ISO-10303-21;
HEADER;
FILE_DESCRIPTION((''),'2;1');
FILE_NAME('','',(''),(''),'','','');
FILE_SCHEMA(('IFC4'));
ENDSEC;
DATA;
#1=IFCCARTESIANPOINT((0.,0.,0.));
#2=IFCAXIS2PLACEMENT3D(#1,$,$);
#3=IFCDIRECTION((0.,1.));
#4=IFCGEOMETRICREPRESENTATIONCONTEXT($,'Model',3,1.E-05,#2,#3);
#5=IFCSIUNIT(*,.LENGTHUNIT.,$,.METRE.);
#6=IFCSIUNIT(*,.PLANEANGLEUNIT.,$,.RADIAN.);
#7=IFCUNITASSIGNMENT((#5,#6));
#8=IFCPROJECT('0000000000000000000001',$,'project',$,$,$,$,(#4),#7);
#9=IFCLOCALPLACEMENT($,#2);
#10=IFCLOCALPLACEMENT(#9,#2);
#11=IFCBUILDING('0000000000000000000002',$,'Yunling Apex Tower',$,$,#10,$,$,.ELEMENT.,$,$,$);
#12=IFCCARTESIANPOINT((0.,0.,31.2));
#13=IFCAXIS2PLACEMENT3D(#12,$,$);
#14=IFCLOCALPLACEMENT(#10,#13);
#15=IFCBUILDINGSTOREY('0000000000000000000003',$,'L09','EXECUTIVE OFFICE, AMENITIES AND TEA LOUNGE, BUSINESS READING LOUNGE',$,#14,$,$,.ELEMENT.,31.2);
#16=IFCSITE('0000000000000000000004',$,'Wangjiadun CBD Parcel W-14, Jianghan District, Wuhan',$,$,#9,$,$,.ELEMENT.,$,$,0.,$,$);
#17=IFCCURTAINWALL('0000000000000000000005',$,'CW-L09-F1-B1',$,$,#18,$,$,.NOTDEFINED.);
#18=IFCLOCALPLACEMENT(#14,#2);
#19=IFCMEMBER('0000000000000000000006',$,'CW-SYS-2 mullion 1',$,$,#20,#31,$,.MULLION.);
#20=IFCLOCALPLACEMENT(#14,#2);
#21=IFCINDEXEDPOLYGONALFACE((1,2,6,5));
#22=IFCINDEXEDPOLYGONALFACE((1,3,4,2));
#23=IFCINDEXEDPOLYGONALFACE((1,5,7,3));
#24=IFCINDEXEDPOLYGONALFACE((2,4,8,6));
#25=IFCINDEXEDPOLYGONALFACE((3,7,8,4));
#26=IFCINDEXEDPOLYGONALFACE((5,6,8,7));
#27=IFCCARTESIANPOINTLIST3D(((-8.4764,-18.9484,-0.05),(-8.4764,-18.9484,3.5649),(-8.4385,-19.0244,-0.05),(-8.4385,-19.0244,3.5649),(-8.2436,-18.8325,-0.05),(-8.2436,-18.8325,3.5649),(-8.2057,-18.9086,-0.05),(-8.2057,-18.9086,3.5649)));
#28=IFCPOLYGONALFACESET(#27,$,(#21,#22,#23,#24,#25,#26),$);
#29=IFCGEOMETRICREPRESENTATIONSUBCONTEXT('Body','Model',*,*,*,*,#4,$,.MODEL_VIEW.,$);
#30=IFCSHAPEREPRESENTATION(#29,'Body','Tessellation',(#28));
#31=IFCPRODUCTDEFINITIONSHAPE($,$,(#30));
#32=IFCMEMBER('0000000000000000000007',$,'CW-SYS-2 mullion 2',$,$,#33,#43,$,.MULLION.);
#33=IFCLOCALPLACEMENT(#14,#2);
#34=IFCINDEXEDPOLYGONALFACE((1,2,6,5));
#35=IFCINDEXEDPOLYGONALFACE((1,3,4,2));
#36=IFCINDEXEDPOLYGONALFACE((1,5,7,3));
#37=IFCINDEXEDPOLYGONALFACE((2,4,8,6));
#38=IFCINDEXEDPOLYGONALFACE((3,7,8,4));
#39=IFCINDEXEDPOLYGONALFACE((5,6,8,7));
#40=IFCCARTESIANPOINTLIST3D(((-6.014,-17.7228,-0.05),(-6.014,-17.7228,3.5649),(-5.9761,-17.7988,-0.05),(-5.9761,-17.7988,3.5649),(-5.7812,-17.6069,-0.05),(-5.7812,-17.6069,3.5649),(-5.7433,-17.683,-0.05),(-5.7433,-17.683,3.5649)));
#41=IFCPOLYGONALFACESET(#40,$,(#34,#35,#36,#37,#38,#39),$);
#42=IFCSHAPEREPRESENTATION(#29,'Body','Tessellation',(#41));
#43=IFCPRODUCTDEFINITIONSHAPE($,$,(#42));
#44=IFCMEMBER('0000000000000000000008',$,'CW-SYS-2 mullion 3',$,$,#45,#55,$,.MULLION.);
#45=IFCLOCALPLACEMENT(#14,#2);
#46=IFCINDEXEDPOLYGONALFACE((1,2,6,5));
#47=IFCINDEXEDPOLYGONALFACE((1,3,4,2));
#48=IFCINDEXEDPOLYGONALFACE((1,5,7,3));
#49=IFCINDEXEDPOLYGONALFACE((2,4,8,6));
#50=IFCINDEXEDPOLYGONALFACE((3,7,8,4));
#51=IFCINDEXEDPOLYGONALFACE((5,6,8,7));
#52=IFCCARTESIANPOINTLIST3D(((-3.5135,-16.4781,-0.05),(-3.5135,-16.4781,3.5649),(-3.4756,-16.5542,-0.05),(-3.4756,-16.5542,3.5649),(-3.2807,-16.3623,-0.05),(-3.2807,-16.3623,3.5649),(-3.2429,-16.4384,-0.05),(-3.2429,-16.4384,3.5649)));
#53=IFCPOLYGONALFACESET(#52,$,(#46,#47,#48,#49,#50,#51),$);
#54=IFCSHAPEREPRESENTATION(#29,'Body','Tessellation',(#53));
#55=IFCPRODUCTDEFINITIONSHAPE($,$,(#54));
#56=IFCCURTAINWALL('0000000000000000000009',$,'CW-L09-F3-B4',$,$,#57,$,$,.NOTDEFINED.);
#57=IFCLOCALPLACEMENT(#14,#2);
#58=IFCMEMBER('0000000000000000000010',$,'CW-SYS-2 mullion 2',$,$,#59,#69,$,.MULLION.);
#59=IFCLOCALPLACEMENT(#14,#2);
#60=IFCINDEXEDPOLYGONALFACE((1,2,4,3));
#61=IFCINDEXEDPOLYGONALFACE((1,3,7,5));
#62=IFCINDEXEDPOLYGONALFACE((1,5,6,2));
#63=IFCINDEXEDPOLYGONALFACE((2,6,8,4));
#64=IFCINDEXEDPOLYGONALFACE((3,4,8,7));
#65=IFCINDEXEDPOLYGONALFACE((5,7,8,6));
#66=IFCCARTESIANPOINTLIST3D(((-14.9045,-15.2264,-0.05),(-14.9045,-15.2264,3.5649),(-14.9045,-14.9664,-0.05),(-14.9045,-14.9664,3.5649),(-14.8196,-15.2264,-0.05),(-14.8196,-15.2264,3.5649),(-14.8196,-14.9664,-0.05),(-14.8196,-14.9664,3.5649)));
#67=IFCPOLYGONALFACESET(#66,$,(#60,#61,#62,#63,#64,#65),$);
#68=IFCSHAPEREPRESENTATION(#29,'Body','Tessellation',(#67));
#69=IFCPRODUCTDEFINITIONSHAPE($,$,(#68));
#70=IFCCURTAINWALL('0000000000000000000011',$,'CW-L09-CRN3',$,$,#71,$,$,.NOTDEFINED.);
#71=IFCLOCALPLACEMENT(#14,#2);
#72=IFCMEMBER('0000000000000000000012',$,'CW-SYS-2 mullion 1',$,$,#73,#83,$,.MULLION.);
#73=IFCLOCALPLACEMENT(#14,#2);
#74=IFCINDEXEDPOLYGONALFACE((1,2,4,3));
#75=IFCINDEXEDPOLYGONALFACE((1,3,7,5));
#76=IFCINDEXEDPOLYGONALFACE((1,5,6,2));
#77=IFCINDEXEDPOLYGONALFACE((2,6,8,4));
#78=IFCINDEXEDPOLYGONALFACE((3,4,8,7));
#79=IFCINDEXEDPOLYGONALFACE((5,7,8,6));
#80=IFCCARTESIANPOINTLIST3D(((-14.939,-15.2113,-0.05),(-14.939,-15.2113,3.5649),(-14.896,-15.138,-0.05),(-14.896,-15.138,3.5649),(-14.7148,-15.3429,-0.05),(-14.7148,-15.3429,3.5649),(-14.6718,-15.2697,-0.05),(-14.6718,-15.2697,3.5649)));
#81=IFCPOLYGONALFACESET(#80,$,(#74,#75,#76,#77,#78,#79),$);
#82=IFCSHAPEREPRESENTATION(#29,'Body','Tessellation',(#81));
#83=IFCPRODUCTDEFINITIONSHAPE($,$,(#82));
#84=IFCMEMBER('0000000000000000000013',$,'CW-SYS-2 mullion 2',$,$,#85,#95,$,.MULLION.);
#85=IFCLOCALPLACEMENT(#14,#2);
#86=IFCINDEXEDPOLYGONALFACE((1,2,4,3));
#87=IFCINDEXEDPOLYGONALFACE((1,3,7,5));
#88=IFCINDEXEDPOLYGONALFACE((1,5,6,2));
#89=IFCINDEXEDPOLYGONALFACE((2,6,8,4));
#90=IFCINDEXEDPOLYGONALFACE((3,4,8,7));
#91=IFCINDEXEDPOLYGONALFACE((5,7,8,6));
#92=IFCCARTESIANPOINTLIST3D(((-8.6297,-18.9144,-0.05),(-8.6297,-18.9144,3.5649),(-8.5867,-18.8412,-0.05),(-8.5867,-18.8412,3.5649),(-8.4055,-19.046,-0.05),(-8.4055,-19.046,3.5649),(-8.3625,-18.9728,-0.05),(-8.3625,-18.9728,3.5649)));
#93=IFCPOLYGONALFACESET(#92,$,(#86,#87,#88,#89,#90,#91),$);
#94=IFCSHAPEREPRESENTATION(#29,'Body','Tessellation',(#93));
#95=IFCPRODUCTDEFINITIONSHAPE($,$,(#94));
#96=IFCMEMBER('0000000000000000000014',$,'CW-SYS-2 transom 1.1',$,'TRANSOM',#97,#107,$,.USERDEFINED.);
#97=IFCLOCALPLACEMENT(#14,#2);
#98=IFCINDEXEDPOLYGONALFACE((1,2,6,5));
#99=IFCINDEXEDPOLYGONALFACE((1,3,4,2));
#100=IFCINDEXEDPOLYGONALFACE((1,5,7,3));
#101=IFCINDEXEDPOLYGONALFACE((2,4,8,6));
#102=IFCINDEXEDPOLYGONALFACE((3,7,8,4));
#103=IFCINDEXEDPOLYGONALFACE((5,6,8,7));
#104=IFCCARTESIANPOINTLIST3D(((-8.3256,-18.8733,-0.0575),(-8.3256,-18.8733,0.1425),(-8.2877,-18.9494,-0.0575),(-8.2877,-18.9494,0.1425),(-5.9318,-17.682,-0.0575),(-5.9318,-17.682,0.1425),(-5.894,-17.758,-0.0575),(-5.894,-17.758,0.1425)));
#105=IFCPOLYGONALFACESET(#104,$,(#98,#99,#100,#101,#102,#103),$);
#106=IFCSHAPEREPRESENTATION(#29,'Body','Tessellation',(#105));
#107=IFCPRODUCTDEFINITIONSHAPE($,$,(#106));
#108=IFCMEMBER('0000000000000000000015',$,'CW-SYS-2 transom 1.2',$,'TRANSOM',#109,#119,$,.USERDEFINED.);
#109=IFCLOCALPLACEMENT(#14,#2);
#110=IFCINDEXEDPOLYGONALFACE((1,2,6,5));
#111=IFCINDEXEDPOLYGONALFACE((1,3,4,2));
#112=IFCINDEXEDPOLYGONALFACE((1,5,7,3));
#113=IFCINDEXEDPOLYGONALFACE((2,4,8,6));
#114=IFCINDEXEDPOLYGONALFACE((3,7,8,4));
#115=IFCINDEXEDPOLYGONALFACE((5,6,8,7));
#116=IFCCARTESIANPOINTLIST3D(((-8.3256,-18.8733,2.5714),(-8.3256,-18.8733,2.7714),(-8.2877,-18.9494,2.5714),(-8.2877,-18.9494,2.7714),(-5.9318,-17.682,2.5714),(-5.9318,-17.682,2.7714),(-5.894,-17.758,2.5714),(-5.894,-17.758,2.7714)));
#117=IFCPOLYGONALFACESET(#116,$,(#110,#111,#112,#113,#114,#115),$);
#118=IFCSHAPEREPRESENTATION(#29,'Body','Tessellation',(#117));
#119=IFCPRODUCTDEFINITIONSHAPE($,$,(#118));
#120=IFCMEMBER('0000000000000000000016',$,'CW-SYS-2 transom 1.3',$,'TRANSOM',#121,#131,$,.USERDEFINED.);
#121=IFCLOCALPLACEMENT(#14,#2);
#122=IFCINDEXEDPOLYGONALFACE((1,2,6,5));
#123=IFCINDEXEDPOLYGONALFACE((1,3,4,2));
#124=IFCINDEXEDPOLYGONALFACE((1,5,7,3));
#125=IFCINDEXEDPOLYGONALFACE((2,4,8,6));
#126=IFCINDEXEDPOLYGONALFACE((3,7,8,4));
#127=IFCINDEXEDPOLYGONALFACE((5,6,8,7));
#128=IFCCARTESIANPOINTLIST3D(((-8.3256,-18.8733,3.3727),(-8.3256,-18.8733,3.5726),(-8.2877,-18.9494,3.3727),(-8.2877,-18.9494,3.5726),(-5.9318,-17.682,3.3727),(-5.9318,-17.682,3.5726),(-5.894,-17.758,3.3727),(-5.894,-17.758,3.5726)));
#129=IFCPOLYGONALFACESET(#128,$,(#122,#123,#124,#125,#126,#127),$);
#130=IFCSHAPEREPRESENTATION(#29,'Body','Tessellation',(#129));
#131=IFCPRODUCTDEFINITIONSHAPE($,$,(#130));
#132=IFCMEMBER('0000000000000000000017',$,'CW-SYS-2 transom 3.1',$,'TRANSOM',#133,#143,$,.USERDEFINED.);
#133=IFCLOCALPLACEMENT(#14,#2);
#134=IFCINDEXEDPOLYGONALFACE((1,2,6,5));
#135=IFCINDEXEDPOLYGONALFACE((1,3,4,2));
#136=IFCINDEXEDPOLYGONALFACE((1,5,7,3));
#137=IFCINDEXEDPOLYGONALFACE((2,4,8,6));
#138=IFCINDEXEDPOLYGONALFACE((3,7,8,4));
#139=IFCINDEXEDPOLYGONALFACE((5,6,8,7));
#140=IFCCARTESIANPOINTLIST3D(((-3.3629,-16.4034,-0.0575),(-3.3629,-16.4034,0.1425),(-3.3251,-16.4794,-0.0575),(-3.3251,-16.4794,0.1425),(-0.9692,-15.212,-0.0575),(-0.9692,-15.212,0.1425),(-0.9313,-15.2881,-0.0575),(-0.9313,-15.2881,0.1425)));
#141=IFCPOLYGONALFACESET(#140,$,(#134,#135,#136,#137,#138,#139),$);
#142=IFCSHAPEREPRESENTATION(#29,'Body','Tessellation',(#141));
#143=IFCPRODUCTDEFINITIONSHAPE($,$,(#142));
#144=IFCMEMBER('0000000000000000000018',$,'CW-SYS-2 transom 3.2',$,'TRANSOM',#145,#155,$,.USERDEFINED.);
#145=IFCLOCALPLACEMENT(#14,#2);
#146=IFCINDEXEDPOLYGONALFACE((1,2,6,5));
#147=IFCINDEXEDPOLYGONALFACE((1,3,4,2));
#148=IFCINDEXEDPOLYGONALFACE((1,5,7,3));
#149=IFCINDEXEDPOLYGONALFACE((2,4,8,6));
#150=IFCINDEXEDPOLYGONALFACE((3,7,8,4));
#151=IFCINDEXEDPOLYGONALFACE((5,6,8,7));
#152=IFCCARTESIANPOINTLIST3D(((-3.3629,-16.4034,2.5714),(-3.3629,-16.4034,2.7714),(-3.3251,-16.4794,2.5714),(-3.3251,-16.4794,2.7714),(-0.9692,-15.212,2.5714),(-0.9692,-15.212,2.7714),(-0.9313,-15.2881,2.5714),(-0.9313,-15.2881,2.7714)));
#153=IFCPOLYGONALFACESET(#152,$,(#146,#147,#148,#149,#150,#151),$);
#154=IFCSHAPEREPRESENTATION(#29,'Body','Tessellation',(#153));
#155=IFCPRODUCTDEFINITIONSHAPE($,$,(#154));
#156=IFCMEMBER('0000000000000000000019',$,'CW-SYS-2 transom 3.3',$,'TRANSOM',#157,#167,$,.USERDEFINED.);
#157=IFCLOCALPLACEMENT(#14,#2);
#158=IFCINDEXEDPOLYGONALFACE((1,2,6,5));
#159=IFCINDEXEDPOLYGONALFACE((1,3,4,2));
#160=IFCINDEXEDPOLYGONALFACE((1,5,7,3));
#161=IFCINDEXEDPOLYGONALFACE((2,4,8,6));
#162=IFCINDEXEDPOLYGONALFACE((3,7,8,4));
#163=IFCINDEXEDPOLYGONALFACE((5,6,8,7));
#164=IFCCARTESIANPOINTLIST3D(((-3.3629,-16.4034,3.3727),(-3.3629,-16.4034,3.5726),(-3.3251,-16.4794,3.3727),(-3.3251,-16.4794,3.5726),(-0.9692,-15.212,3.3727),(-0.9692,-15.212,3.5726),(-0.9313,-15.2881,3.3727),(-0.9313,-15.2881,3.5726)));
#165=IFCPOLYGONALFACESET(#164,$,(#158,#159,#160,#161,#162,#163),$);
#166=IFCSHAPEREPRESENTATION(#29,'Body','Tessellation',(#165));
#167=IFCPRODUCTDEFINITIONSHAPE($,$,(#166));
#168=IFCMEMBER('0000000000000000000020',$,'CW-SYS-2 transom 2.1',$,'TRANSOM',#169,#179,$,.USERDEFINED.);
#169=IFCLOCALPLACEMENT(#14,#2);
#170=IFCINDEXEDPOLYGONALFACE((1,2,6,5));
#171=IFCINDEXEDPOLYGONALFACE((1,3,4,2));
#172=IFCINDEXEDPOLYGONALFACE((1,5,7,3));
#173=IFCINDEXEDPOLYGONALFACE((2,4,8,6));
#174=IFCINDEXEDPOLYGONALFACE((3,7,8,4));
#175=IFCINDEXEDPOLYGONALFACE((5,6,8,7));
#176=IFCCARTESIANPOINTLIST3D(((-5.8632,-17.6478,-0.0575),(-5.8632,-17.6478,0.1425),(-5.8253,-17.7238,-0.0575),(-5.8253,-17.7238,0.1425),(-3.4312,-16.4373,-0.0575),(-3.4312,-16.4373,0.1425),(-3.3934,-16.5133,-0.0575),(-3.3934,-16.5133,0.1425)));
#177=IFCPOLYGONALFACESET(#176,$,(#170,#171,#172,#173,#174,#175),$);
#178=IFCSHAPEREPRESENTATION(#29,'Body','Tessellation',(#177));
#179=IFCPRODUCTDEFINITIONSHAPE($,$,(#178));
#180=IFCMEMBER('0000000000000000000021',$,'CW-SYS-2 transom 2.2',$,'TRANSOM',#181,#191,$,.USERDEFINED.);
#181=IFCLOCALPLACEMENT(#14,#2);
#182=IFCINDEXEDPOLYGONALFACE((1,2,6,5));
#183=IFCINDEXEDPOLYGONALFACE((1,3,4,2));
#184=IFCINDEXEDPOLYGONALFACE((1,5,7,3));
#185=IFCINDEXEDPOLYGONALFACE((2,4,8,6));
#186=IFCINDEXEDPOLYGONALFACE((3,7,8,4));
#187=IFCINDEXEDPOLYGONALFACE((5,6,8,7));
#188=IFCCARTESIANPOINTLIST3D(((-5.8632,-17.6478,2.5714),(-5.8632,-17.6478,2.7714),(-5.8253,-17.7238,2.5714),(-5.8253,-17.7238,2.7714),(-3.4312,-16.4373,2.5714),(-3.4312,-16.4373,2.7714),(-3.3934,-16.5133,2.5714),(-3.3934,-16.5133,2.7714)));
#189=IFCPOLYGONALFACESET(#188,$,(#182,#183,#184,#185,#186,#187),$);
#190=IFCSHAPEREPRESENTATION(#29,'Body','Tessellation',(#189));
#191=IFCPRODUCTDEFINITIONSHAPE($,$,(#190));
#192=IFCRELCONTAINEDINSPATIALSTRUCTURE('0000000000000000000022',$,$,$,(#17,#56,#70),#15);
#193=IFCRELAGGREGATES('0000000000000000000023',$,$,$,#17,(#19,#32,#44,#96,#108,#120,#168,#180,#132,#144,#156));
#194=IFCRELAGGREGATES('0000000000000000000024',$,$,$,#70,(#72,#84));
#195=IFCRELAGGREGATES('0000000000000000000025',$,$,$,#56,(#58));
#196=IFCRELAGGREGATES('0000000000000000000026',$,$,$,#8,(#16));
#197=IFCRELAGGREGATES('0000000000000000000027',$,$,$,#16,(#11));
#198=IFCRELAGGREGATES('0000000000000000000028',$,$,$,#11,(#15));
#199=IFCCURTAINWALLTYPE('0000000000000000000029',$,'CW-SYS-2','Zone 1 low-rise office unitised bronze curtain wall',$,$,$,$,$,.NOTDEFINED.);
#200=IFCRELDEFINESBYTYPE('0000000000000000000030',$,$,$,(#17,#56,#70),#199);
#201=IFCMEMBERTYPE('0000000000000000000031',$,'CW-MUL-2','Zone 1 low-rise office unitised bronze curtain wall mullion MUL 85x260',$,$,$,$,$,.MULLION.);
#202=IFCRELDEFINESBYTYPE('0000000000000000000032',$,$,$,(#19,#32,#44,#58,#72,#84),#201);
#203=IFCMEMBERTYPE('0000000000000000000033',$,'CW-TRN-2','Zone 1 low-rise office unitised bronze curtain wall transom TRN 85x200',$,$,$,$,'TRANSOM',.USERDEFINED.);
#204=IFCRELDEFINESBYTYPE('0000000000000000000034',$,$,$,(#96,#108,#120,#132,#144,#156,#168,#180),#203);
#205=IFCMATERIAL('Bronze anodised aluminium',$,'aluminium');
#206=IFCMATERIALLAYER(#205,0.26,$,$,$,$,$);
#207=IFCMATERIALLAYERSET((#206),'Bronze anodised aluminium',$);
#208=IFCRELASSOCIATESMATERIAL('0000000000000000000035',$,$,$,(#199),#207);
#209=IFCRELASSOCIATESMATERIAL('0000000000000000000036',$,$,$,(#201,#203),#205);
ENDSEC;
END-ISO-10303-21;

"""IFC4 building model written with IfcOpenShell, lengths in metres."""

from ifc_helpers import new_model, si_unit, direction, frame, origin, origin_2d, place, context, subcontext, project, spatial, rectangle, extrude, source, transform, mapped, material, layer, layer_set, material_profile, profile_set, type_object, element, aggregate, save


model = new_model("IFC4")

# Units and contexts
model_context = context("Model", 3, precision=1e-05, world=origin(), true_north=direction((0.0, 1.0)))
body_context = subcontext(model_context, "Body", "Model", "MODEL_VIEW")
ifc_project = project(units=[si_unit("LENGTHUNIT", "METRE"), si_unit("PLANEANGLEUNIT", "RADIAN")], contexts=[model_context])

# Site, building, storey
site_placement = place(None, origin())
site = spatial("IfcSite", under=ifc_project, at=site_placement, Name="Wangjiadun CBD Parcel W-14, Jianghan District, Wuhan", CompositionType="ELEMENT", RefElevation=0.0)
building_placement = place(site_placement, origin())
building = spatial("IfcBuilding", under=site, at=building_placement, Name="Yunling Apex Tower", CompositionType="ELEMENT")
storey_placement = place(building_placement, frame((0.0, 0.0, 31.2)))
storey = spatial("IfcBuildingStorey", under=building, at=storey_placement, Name="L09", Description="EXECUTIVE OFFICE, AMENITIES AND TEA LOUNGE, BUSINESS READING LOUNGE", CompositionType="ELEMENT", Elevation=31.2)

# Curtain wall, members
ifc_material_1 = material(Name="Bronze anodised aluminium", Category="aluminium")
ifc_layer_1 = layer(ifc_material_1, 0.26)
ifc_layer_set_1 = layer_set([ifc_layer_1], Name="Bronze anodised aluminium")
curtain_wall_type = type_object("IfcCurtainWallType", Name="CW-SYS-2", Description="Zone 1 low-rise office unitised bronze curtain wall", PredefinedType="NOTDEFINED", material=ifc_layer_set_1)
curtain_wall_1_placement = place(storey_placement, origin())
curtain_wall_1 = element("IfcCurtainWall", 1, at=curtain_wall_1_placement, inside=storey, type_object=curtain_wall_type, Name="CW-L09-F1-B1", PredefinedType="NOTDEFINED")
ifc_material_profile_1 = material_profile(ifc_material_1, rectangle(XDim=0.085, YDim=0.26, at=origin_2d()))
ifc_profile_set_1 = profile_set([ifc_material_profile_1], Name="Bronze anodised aluminium")
member_type_1 = type_object("IfcMemberType", Name="CW-MUL-2", Description="Zone 1 low-rise office unitised bronze curtain wall mullion MUL 85x260", PredefinedType="MULLION", material=ifc_profile_set_1)
shared_shape_1 = source(origin(), body_context, "Body", "SweptSolid", [
    extrude(rectangle(XDim=0.085, YDim=0.26, at=origin_2d()), origin(), (0.0, 0.0, 1.0), 3.615),
])
member_1_placement = place(storey_placement, frame((-8.3411, -18.9285, -0.05), z_axis=(0.0, 0.0, 1.0), x_axis=(-0.445571, 0.895247, 0.0)))
member_1 = element("IfcMember", 2, at=member_1_placement, type_object=member_type_1, Name="CW-SYS-2 mullion 1", PredefinedType="MULLION", context=body_context, shape_type="MappedRepresentation", body=[
    mapped(shared_shape_1, transform((0.0, 0.0, 0.0), scale=1.0)),
])
member_2_placement = place(storey_placement, frame((-5.8787, -17.7029, -0.05), z_axis=(0.0, 0.0, 1.0), x_axis=(-0.445571, 0.895247, 0.0)))
member_2 = element("IfcMember", 3, at=member_2_placement, type_object=member_type_1, Name="CW-SYS-2 mullion 2", PredefinedType="MULLION", context=body_context, shape_type="MappedRepresentation", body=[
    mapped(shared_shape_1, transform((0.0, 0.0, 0.0), scale=1.0)),
])
member_3_placement = place(storey_placement, frame((-3.3782, -16.4583, -0.05), z_axis=(0.0, 0.0, 1.0), x_axis=(-0.445571, 0.895247, 0.0)))
member_3 = element("IfcMember", 4, at=member_3_placement, type_object=member_type_1, Name="CW-SYS-2 mullion 3", PredefinedType="MULLION", context=body_context, shape_type="MappedRepresentation", body=[
    mapped(shared_shape_1, transform((0.0, 0.0, 0.0), scale=1.0)),
])

# Curtain wall, member
curtain_wall_2_placement = place(storey_placement, origin())
curtain_wall_2 = element("IfcCurtainWall", 5, at=curtain_wall_2_placement, inside=storey, type_object=curtain_wall_type, Name="CW-L09-F3-B4", PredefinedType="NOTDEFINED")
member_4_placement = place(storey_placement, frame((-14.8621, -15.0964, -0.05), z_axis=(0.0, 0.0, 1.0), x_axis=(1.0, 0.0, 0.0)))
member_4 = element("IfcMember", 6, at=member_4_placement, type_object=member_type_1, Name="CW-SYS-2 mullion 2", PredefinedType="MULLION", context=body_context, shape_type="MappedRepresentation", body=[
    mapped(shared_shape_1, transform((0.0, 0.0, 0.0), scale=1.0)),
])

# Curtain wall, members
curtain_wall_3_placement = place(storey_placement, origin())
curtain_wall_3 = element("IfcCurtainWall", 7, at=curtain_wall_3_placement, inside=storey, type_object=curtain_wall_type, Name="CW-L09-CRN3", PredefinedType="NOTDEFINED")
member_5_placement = place(storey_placement, frame((-14.8054, -15.2405, -0.05), z_axis=(0.0, 0.0, 1.0), x_axis=(0.506196, 0.862419, 0.0)))
member_5 = element("IfcMember", 8, at=member_5_placement, type_object=member_type_1, Name="CW-SYS-2 mullion 1", PredefinedType="MULLION", context=body_context, shape_type="MappedRepresentation", body=[
    mapped(shared_shape_1, transform((0.0, 0.0, 0.0), scale=1.0)),
])
member_6_placement = place(storey_placement, frame((-8.4961, -18.9436, -0.05), z_axis=(0.0, 0.0, 1.0), x_axis=(0.506196, 0.862419, 0.0)))
member_6 = element("IfcMember", 9, at=member_6_placement, type_object=member_type_1, Name="CW-SYS-2 mullion 2", PredefinedType="MULLION", context=body_context, shape_type="MappedRepresentation", body=[
    mapped(shared_shape_1, transform((0.0, 0.0, 0.0), scale=1.0)),
])

# Members
ifc_material_profile_2 = material_profile(ifc_material_1, rectangle(XDim=0.085, YDim=0.2, at=origin_2d()))
ifc_profile_set_2 = profile_set([ifc_material_profile_2], Name="Bronze anodised aluminium")
member_type_2 = type_object("IfcMemberType", Name="CW-TRN-2", Description="Zone 1 low-rise office unitised bronze curtain wall transom TRN 85x200", ElementType="TRANSOM", PredefinedType="USERDEFINED", material=ifc_profile_set_2)
shared_shape_2 = source(origin(), body_context, "Body", "SweptSolid", [
    extrude(rectangle(XDim=0.085, YDim=0.2, at=origin_2d()), origin(), (0.0, 0.0, 1.0), 2.6738),
])
member_7_placement = place(storey_placement, frame((-8.3066, -18.9114, 0.0425), z_axis=(0.895247, 0.445569, 0.0), x_axis=(-0.445569, 0.895247, 0.0)))
member_7 = element("IfcMember", 10, at=member_7_placement, type_object=member_type_2, Name="CW-SYS-2 transom 1.1", ObjectType="TRANSOM", PredefinedType="USERDEFINED", context=body_context, shape_type="MappedRepresentation", body=[
    mapped(shared_shape_2, transform((0.0, 0.0, 0.0), scale=1.0)),
])
member_8_placement = place(storey_placement, frame((-8.3066, -18.9114, 2.6714), z_axis=(0.895247, 0.445569, 0.0), x_axis=(-0.445569, 0.895247, 0.0)))
member_8 = element("IfcMember", 11, at=member_8_placement, type_object=member_type_2, Name="CW-SYS-2 transom 1.2", ObjectType="TRANSOM", PredefinedType="USERDEFINED", context=body_context, shape_type="MappedRepresentation", body=[
    mapped(shared_shape_2, transform((0.0, 0.0, 0.0), scale=1.0)),
])
member_9_placement = place(storey_placement, frame((-8.3066, -18.9114, 3.4727), z_axis=(0.895247, 0.445569, 0.0), x_axis=(-0.445569, 0.895247, 0.0)))
member_9 = element("IfcMember", 12, at=member_9_placement, type_object=member_type_2, Name="CW-SYS-2 transom 1.3", ObjectType="TRANSOM", PredefinedType="USERDEFINED", context=body_context, shape_type="MappedRepresentation", body=[
    mapped(shared_shape_2, transform((0.0, 0.0, 0.0), scale=1.0)),
])
member_10_placement = place(storey_placement, frame((-3.344, -16.4414, 0.0425), z_axis=(0.895247, 0.445569, 0.0), x_axis=(-0.445569, 0.895247, 0.0)))
member_10 = element("IfcMember", 13, at=member_10_placement, type_object=member_type_2, Name="CW-SYS-2 transom 3.1", ObjectType="TRANSOM", PredefinedType="USERDEFINED", context=body_context, shape_type="MappedRepresentation", body=[
    mapped(shared_shape_2, transform((0.0, 0.0, 0.0), scale=1.0)),
])
member_11_placement = place(storey_placement, frame((-3.344, -16.4414, 2.6714), z_axis=(0.895247, 0.445569, 0.0), x_axis=(-0.445569, 0.895247, 0.0)))
member_11 = element("IfcMember", 14, at=member_11_placement, type_object=member_type_2, Name="CW-SYS-2 transom 3.2", ObjectType="TRANSOM", PredefinedType="USERDEFINED", context=body_context, shape_type="MappedRepresentation", body=[
    mapped(shared_shape_2, transform((0.0, 0.0, 0.0), scale=1.0)),
])
member_12_placement = place(storey_placement, frame((-3.344, -16.4414, 3.4727), z_axis=(0.895247, 0.445569, 0.0), x_axis=(-0.445569, 0.895247, 0.0)))
member_12 = element("IfcMember", 15, at=member_12_placement, type_object=member_type_2, Name="CW-SYS-2 transom 3.3", ObjectType="TRANSOM", PredefinedType="USERDEFINED", context=body_context, shape_type="MappedRepresentation", body=[
    mapped(shared_shape_2, transform((0.0, 0.0, 0.0), scale=1.0)),
])
shared_shape_3 = source(origin(), body_context, "Body", "SweptSolid", [
    extrude(rectangle(XDim=0.085, YDim=0.2, at=origin_2d()), origin(), (0.0, 0.0, 1.0), 2.7166),
])
member_13_placement = place(storey_placement, frame((-5.8442, -17.6858, 0.0425), z_axis=(0.895235, 0.445595, 0.0), x_axis=(-0.445595, 0.895235, 0.0)))
member_13 = element("IfcMember", 16, at=member_13_placement, type_object=member_type_2, Name="CW-SYS-2 transom 2.1", ObjectType="TRANSOM", PredefinedType="USERDEFINED", context=body_context, shape_type="MappedRepresentation", body=[
    mapped(shared_shape_3, transform((0.0, 0.0, 0.0), scale=1.0)),
])
member_14_placement = place(storey_placement, frame((-5.8442, -17.6858, 2.6714), z_axis=(0.895235, 0.445595, 0.0), x_axis=(-0.445595, 0.895235, 0.0)))
member_14 = element("IfcMember", 17, at=member_14_placement, type_object=member_type_2, Name="CW-SYS-2 transom 2.2", ObjectType="TRANSOM", PredefinedType="USERDEFINED", context=body_context, shape_type="MappedRepresentation", body=[
    mapped(shared_shape_3, transform((0.0, 0.0, 0.0), scale=1.0)),
])

aggregate(curtain_wall_1, [member_1, member_2, member_3, member_7, member_8, member_9, member_13, member_14, member_10, member_11, member_12])
aggregate(curtain_wall_3, [member_5, member_6])
aggregate(curtain_wall_2, [member_4])

save(model, "model.ifc")
